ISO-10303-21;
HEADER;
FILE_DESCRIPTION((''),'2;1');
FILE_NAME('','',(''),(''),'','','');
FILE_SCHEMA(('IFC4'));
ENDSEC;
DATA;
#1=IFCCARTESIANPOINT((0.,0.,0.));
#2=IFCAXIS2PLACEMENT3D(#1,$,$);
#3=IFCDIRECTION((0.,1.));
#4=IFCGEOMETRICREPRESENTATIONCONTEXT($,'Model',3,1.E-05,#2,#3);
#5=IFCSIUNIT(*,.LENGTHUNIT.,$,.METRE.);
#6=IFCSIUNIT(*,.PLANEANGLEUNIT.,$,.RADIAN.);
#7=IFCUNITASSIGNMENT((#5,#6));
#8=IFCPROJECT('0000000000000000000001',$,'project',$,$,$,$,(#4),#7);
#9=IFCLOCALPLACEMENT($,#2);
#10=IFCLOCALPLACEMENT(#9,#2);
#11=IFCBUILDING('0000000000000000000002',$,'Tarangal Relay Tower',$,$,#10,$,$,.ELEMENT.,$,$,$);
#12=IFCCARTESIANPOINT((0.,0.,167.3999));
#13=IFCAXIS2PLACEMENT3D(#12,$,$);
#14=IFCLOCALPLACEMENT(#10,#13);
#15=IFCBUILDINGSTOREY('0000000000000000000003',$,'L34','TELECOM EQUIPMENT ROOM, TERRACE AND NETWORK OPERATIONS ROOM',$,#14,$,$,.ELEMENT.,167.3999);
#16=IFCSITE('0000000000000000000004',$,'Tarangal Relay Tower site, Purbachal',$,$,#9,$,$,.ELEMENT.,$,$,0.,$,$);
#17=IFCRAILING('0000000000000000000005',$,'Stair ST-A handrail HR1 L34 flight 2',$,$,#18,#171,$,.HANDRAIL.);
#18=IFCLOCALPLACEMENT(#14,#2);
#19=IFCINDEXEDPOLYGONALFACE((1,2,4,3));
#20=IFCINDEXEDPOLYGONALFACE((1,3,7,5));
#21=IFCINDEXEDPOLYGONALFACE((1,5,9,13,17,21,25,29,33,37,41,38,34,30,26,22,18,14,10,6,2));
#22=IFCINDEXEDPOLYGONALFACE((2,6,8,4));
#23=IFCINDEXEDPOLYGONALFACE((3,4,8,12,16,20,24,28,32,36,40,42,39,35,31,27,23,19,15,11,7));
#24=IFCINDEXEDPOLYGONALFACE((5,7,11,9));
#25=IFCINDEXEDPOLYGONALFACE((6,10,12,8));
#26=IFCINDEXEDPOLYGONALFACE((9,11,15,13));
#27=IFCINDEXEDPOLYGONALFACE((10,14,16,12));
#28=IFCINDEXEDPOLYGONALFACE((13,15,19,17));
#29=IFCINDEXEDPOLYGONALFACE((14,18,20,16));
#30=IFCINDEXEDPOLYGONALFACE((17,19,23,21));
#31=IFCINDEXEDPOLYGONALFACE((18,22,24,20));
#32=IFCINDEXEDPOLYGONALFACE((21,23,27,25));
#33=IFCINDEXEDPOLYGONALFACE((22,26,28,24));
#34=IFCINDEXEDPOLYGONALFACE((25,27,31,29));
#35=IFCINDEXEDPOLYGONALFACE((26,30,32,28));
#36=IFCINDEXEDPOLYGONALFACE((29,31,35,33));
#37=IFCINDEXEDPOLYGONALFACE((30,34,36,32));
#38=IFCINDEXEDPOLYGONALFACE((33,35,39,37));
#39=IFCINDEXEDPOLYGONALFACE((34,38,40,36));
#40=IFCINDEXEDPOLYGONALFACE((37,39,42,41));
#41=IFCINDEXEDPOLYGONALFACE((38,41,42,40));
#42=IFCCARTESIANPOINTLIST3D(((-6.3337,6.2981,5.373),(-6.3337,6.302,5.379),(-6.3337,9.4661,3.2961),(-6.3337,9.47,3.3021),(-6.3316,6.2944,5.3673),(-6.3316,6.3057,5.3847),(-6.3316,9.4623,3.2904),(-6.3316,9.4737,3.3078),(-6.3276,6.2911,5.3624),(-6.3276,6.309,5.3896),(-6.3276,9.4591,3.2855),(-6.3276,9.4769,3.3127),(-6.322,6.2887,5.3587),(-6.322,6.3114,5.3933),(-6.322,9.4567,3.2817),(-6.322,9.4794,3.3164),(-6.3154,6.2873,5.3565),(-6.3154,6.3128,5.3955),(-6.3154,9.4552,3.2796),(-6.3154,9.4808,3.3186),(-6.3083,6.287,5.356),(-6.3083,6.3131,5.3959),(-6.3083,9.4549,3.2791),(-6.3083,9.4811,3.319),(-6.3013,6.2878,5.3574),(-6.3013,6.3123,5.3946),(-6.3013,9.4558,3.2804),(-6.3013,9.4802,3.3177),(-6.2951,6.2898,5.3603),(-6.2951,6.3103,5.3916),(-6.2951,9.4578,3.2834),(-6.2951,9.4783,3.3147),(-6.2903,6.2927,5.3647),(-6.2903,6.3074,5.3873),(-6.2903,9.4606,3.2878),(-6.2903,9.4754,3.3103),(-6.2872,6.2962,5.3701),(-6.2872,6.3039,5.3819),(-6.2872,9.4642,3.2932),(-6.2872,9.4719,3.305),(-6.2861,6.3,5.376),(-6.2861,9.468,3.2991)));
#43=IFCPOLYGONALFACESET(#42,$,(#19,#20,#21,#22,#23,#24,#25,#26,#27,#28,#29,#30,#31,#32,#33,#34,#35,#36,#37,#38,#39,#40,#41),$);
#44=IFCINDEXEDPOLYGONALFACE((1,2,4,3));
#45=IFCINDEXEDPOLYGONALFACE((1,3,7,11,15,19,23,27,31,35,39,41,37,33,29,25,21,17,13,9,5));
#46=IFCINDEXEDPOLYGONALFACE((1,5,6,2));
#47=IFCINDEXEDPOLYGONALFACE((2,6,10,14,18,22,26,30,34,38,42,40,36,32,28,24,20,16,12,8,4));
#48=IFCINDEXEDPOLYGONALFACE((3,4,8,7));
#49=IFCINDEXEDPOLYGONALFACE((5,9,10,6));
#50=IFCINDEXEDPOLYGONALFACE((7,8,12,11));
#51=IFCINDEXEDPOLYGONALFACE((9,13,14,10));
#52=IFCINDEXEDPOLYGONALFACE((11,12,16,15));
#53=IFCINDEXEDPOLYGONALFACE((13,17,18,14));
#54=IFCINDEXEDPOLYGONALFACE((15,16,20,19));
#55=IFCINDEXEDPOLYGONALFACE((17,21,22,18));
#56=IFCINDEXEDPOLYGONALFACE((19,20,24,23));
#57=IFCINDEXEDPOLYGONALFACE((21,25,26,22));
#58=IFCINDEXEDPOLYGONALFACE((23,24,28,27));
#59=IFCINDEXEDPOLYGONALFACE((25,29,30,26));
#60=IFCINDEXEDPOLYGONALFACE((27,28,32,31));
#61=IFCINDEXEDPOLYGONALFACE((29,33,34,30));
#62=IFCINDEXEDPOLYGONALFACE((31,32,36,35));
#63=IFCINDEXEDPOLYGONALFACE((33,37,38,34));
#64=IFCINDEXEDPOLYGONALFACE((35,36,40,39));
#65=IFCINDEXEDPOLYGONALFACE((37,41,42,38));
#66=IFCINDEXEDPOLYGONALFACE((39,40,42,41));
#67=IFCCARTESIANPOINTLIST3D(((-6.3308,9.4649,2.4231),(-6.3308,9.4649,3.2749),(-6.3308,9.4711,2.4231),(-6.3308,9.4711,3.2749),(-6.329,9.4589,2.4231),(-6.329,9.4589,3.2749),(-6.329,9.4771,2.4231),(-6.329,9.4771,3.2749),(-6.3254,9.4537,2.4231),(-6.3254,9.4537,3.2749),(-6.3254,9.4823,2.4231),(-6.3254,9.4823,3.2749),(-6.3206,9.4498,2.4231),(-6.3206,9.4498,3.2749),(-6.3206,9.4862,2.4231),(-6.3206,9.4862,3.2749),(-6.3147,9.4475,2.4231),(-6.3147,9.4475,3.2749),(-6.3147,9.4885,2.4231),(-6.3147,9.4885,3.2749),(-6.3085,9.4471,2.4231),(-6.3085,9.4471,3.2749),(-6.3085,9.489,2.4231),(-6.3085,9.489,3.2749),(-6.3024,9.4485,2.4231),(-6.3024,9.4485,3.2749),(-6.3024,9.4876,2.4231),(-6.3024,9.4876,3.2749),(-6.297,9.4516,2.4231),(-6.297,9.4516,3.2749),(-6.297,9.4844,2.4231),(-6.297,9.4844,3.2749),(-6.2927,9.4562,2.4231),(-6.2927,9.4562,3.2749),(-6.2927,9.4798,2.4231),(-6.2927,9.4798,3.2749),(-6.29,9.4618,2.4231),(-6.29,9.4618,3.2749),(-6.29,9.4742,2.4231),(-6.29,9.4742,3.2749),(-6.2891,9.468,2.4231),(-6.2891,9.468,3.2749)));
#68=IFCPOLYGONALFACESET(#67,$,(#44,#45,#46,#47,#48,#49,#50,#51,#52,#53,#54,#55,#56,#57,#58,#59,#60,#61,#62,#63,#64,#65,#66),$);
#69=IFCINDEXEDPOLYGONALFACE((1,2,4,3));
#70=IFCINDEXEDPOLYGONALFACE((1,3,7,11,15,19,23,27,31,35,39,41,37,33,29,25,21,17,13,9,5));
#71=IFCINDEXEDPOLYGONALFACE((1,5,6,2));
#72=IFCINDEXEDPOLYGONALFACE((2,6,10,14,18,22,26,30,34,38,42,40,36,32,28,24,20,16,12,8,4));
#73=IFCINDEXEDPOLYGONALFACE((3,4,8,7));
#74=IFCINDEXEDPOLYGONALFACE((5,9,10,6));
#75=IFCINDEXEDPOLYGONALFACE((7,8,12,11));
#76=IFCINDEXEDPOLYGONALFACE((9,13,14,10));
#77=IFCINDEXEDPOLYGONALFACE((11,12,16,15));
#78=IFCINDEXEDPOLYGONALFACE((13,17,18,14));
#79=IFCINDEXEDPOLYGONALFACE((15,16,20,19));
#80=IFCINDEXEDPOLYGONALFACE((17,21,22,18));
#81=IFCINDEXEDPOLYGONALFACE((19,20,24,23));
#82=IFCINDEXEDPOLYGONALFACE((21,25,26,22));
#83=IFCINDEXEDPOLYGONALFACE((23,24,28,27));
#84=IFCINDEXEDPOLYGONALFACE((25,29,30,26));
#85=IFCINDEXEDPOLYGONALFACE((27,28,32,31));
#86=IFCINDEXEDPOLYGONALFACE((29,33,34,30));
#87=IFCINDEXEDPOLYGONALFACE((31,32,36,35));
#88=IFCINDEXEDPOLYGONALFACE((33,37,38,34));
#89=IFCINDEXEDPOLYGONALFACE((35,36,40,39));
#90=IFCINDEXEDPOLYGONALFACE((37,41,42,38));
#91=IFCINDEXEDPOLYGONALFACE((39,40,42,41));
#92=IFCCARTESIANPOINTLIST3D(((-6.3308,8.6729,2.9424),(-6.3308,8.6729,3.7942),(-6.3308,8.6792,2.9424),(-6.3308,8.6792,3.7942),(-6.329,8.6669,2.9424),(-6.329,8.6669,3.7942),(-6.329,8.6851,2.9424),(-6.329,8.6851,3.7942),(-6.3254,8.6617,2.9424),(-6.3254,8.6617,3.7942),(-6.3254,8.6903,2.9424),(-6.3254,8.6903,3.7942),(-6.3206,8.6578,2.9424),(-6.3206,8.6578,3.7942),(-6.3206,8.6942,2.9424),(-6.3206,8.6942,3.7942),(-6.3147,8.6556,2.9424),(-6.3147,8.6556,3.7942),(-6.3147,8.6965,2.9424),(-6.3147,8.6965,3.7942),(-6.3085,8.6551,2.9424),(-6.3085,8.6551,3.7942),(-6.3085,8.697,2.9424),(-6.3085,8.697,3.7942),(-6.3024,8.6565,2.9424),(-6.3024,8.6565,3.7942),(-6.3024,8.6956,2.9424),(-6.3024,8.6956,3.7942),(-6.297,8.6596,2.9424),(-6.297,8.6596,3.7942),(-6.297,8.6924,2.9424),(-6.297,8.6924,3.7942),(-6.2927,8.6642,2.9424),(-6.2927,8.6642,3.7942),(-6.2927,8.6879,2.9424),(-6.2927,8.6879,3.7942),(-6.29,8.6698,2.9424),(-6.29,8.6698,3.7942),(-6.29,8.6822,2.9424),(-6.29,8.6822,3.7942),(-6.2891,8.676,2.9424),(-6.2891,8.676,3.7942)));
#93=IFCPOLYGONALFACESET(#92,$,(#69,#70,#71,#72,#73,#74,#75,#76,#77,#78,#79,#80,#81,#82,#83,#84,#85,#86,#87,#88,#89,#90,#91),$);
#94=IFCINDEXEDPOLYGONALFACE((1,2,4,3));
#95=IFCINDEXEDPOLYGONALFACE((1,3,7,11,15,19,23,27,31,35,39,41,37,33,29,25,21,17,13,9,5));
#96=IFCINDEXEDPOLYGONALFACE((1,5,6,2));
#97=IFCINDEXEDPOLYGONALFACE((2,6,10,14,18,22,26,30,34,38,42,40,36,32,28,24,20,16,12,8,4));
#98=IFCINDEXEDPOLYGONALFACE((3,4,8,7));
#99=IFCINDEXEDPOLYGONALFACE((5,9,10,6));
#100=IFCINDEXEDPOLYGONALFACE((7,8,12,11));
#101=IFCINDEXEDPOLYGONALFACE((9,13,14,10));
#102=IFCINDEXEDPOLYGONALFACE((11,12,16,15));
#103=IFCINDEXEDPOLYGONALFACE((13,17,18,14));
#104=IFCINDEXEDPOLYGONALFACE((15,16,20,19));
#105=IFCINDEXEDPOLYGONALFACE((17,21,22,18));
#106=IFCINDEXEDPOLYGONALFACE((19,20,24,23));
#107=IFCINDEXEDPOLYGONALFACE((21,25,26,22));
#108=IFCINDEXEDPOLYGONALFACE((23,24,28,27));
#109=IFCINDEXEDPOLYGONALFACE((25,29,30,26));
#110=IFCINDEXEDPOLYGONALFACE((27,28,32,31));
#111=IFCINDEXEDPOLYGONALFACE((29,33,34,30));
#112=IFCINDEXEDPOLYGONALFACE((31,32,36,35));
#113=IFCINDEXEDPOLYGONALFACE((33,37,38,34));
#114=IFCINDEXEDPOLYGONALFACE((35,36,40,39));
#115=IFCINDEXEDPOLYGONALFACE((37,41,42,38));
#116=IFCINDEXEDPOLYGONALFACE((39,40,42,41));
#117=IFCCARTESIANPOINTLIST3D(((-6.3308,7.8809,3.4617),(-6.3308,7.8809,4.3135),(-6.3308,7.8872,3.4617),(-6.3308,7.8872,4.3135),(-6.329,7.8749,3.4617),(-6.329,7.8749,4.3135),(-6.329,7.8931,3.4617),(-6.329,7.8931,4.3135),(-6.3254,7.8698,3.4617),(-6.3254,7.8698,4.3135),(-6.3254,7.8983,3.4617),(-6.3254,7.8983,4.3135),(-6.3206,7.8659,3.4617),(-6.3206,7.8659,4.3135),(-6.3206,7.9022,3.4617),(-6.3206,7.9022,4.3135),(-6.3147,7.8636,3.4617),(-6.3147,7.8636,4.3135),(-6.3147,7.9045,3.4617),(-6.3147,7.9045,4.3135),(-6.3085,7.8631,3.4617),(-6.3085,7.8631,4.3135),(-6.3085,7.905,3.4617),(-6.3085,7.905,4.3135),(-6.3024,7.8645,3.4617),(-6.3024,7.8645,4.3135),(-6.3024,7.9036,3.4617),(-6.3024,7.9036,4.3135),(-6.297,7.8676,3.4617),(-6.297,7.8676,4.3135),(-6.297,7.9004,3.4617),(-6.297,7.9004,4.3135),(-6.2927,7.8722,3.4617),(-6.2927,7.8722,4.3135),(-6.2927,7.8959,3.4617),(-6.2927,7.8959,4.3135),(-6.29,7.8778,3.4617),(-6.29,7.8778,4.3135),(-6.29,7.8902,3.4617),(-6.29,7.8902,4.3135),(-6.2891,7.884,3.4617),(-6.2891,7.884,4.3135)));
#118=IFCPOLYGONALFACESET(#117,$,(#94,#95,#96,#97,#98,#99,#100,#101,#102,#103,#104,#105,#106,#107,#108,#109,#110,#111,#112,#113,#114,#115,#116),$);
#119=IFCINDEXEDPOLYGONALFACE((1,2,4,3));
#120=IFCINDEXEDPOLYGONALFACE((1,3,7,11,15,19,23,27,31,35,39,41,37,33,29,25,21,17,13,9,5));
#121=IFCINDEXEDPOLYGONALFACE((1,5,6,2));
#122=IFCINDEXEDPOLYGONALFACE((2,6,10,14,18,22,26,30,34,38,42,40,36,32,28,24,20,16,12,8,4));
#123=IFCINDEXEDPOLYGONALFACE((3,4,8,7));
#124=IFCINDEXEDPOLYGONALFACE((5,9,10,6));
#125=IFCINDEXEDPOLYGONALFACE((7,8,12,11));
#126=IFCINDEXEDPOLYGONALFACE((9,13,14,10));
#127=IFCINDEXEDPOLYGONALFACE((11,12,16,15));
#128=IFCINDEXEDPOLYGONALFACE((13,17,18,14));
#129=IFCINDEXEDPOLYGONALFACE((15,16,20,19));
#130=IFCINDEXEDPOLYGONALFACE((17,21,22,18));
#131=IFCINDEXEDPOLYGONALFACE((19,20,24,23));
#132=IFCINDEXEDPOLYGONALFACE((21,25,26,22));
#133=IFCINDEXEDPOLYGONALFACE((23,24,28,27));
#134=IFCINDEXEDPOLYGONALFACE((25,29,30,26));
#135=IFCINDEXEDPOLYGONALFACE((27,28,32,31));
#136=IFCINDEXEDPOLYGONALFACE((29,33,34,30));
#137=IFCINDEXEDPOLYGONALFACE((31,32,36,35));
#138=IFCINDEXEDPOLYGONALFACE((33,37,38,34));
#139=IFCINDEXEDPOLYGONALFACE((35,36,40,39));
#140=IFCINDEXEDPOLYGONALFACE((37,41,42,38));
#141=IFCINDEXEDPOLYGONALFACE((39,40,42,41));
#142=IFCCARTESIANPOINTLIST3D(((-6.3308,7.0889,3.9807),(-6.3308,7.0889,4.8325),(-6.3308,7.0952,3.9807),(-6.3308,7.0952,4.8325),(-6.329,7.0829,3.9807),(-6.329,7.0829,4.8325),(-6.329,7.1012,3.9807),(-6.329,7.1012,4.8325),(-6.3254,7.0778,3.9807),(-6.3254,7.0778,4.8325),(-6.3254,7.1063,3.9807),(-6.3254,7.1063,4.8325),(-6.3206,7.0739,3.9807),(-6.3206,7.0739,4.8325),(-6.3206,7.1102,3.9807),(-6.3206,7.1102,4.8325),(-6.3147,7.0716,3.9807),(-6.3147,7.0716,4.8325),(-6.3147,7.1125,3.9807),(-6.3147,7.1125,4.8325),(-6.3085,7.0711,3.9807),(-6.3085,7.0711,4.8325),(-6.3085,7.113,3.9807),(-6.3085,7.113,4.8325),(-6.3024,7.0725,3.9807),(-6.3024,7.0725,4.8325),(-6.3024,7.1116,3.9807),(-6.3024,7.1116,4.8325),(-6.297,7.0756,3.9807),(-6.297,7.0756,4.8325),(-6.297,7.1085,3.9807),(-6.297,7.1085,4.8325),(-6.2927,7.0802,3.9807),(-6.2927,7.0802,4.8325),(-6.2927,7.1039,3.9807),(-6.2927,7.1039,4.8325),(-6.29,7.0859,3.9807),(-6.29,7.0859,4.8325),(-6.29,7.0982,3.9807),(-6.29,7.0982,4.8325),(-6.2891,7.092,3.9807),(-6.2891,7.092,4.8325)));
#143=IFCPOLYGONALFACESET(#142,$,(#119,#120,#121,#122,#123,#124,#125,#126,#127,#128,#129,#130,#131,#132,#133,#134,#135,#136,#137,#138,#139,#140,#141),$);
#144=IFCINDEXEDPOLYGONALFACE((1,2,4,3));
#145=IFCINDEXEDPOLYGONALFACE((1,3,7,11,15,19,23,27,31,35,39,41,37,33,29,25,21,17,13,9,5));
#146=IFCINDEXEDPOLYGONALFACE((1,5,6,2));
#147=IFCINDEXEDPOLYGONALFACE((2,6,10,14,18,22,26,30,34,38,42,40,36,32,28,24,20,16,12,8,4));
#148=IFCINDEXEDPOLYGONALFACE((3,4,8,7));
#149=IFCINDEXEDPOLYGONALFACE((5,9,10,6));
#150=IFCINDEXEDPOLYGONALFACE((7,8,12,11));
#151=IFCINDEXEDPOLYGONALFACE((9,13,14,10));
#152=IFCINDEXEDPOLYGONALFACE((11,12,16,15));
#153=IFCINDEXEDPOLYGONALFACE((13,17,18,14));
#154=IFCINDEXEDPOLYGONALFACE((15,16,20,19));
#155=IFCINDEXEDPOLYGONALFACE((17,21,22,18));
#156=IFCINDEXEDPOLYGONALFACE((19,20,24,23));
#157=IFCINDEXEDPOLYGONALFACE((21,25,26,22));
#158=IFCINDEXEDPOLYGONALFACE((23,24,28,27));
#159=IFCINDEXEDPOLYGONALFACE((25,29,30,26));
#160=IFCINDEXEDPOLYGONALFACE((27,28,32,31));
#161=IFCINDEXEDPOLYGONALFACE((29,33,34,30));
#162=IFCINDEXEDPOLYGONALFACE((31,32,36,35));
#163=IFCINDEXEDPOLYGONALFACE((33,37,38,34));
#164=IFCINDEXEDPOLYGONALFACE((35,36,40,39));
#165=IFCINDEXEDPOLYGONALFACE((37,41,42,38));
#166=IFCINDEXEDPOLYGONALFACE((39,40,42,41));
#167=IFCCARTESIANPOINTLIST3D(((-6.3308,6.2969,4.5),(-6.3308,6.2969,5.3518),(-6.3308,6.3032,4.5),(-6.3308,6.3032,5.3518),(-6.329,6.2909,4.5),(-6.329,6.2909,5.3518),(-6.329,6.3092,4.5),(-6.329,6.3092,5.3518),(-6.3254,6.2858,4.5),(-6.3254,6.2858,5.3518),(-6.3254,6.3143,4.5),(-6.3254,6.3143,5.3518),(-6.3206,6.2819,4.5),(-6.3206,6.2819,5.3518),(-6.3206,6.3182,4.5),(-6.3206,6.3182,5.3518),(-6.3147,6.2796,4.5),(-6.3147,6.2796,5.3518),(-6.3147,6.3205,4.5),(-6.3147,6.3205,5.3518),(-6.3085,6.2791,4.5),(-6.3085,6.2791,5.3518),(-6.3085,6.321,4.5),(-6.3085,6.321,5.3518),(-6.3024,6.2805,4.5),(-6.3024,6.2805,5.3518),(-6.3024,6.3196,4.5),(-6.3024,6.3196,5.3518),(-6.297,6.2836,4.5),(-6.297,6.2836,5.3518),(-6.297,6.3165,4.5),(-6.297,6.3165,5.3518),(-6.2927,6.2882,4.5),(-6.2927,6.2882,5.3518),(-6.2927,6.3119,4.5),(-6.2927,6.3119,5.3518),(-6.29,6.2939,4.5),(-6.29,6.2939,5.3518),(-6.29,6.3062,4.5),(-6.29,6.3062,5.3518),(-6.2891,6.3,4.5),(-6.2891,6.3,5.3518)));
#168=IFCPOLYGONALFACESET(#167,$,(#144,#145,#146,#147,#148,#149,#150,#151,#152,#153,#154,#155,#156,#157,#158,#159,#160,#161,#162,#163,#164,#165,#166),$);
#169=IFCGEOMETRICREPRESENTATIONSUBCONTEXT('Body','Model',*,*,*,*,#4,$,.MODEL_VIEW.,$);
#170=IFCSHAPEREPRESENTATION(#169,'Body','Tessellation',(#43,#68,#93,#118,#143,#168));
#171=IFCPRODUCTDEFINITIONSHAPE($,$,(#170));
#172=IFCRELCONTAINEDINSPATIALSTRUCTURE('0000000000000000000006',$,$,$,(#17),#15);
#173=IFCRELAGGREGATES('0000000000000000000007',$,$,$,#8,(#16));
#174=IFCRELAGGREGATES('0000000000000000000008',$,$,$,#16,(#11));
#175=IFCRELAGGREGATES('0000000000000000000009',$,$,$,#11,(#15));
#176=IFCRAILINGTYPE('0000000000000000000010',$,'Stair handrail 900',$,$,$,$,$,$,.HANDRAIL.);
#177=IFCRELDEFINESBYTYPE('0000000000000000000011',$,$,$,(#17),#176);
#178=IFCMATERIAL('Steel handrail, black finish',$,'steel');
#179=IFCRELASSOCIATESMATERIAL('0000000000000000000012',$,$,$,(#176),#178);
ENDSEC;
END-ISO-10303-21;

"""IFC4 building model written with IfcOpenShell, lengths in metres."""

from ifc_helpers import new_model, si_unit, direction, frame, origin, origin_2d, place, context, subcontext, project, spatial, circle, extrude, material, type_object, element, save


model = new_model("IFC4")

# Units and contexts
model_context = context("Model", 3, precision=1e-05, world=origin(), true_north=direction((0.0, 1.0)))
body_context = subcontext(model_context, "Body", "Model", "MODEL_VIEW")
ifc_project = project(units=[si_unit("LENGTHUNIT", "METRE"), si_unit("PLANEANGLEUNIT", "RADIAN")], contexts=[model_context])

# Site, building, storey
site_placement = place(None, origin())
site = spatial("IfcSite", under=ifc_project, at=site_placement, Name="Tarangal Relay Tower site, Purbachal", CompositionType="ELEMENT", RefElevation=0.0)
building_placement = place(site_placement, origin())
building = spatial("IfcBuilding", under=site, at=building_placement, Name="Tarangal Relay Tower", CompositionType="ELEMENT")
storey_placement = place(building_placement, frame((0.0, 0.0, 167.3999)))
storey = spatial("IfcBuildingStorey", under=building, at=storey_placement, Name="L34", Description="TELECOM EQUIPMENT ROOM, TERRACE AND NETWORK OPERATIONS ROOM", CompositionType="ELEMENT", Elevation=167.3999)

# Railing
ifc_material_1 = material(Name="Steel handrail, black finish", Category="steel")
railing_type_1 = type_object("IfcRailingType", Name="Stair handrail 900", PredefinedType="HANDRAIL", material=ifc_material_1)
railing_1_placement = place(storey_placement, frame((-6.3101, 9.468, 2.4231)))
element("IfcRailing", 1, at=railing_1_placement, inside=storey, type_object=railing_type_1, Name="Stair ST-A handrail HR1 L34 flight 2", PredefinedType="HANDRAIL", context=body_context, shape_type="SweptSolid", body=[
    extrude(circle(Radius=0.0239, at=origin_2d()), frame((0.0, 0.0, 0.876), z_axis=(0.0, -0.836299, 0.548273), x_axis=(1.0, 0.0, 0.0)), (0.0, 0.0, 1.0), 3.7881),
    extrude(circle(Radius=0.021, at=origin_2d()), origin(), (0.0, 0.0, 1.0), 0.8518),
    extrude(circle(Radius=0.021, at=origin_2d()), frame((0.0, -0.792, 0.5193)), (0.0, 0.0, 1.0), 0.8518),
    extrude(circle(Radius=0.021, at=origin_2d()), frame((0.0, -1.584, 1.0386)), (0.0, 0.0, 1.0), 0.8518),
    extrude(circle(Radius=0.021, at=origin_2d()), frame((0.0, -2.376, 1.5576)), (0.0, 0.0, 1.0), 0.8518),
    extrude(circle(Radius=0.021, at=origin_2d()), frame((0.0, -3.168, 2.0769)), (0.0, 0.0, 1.0), 0.8518),
])

save(model, "model.ifc")
